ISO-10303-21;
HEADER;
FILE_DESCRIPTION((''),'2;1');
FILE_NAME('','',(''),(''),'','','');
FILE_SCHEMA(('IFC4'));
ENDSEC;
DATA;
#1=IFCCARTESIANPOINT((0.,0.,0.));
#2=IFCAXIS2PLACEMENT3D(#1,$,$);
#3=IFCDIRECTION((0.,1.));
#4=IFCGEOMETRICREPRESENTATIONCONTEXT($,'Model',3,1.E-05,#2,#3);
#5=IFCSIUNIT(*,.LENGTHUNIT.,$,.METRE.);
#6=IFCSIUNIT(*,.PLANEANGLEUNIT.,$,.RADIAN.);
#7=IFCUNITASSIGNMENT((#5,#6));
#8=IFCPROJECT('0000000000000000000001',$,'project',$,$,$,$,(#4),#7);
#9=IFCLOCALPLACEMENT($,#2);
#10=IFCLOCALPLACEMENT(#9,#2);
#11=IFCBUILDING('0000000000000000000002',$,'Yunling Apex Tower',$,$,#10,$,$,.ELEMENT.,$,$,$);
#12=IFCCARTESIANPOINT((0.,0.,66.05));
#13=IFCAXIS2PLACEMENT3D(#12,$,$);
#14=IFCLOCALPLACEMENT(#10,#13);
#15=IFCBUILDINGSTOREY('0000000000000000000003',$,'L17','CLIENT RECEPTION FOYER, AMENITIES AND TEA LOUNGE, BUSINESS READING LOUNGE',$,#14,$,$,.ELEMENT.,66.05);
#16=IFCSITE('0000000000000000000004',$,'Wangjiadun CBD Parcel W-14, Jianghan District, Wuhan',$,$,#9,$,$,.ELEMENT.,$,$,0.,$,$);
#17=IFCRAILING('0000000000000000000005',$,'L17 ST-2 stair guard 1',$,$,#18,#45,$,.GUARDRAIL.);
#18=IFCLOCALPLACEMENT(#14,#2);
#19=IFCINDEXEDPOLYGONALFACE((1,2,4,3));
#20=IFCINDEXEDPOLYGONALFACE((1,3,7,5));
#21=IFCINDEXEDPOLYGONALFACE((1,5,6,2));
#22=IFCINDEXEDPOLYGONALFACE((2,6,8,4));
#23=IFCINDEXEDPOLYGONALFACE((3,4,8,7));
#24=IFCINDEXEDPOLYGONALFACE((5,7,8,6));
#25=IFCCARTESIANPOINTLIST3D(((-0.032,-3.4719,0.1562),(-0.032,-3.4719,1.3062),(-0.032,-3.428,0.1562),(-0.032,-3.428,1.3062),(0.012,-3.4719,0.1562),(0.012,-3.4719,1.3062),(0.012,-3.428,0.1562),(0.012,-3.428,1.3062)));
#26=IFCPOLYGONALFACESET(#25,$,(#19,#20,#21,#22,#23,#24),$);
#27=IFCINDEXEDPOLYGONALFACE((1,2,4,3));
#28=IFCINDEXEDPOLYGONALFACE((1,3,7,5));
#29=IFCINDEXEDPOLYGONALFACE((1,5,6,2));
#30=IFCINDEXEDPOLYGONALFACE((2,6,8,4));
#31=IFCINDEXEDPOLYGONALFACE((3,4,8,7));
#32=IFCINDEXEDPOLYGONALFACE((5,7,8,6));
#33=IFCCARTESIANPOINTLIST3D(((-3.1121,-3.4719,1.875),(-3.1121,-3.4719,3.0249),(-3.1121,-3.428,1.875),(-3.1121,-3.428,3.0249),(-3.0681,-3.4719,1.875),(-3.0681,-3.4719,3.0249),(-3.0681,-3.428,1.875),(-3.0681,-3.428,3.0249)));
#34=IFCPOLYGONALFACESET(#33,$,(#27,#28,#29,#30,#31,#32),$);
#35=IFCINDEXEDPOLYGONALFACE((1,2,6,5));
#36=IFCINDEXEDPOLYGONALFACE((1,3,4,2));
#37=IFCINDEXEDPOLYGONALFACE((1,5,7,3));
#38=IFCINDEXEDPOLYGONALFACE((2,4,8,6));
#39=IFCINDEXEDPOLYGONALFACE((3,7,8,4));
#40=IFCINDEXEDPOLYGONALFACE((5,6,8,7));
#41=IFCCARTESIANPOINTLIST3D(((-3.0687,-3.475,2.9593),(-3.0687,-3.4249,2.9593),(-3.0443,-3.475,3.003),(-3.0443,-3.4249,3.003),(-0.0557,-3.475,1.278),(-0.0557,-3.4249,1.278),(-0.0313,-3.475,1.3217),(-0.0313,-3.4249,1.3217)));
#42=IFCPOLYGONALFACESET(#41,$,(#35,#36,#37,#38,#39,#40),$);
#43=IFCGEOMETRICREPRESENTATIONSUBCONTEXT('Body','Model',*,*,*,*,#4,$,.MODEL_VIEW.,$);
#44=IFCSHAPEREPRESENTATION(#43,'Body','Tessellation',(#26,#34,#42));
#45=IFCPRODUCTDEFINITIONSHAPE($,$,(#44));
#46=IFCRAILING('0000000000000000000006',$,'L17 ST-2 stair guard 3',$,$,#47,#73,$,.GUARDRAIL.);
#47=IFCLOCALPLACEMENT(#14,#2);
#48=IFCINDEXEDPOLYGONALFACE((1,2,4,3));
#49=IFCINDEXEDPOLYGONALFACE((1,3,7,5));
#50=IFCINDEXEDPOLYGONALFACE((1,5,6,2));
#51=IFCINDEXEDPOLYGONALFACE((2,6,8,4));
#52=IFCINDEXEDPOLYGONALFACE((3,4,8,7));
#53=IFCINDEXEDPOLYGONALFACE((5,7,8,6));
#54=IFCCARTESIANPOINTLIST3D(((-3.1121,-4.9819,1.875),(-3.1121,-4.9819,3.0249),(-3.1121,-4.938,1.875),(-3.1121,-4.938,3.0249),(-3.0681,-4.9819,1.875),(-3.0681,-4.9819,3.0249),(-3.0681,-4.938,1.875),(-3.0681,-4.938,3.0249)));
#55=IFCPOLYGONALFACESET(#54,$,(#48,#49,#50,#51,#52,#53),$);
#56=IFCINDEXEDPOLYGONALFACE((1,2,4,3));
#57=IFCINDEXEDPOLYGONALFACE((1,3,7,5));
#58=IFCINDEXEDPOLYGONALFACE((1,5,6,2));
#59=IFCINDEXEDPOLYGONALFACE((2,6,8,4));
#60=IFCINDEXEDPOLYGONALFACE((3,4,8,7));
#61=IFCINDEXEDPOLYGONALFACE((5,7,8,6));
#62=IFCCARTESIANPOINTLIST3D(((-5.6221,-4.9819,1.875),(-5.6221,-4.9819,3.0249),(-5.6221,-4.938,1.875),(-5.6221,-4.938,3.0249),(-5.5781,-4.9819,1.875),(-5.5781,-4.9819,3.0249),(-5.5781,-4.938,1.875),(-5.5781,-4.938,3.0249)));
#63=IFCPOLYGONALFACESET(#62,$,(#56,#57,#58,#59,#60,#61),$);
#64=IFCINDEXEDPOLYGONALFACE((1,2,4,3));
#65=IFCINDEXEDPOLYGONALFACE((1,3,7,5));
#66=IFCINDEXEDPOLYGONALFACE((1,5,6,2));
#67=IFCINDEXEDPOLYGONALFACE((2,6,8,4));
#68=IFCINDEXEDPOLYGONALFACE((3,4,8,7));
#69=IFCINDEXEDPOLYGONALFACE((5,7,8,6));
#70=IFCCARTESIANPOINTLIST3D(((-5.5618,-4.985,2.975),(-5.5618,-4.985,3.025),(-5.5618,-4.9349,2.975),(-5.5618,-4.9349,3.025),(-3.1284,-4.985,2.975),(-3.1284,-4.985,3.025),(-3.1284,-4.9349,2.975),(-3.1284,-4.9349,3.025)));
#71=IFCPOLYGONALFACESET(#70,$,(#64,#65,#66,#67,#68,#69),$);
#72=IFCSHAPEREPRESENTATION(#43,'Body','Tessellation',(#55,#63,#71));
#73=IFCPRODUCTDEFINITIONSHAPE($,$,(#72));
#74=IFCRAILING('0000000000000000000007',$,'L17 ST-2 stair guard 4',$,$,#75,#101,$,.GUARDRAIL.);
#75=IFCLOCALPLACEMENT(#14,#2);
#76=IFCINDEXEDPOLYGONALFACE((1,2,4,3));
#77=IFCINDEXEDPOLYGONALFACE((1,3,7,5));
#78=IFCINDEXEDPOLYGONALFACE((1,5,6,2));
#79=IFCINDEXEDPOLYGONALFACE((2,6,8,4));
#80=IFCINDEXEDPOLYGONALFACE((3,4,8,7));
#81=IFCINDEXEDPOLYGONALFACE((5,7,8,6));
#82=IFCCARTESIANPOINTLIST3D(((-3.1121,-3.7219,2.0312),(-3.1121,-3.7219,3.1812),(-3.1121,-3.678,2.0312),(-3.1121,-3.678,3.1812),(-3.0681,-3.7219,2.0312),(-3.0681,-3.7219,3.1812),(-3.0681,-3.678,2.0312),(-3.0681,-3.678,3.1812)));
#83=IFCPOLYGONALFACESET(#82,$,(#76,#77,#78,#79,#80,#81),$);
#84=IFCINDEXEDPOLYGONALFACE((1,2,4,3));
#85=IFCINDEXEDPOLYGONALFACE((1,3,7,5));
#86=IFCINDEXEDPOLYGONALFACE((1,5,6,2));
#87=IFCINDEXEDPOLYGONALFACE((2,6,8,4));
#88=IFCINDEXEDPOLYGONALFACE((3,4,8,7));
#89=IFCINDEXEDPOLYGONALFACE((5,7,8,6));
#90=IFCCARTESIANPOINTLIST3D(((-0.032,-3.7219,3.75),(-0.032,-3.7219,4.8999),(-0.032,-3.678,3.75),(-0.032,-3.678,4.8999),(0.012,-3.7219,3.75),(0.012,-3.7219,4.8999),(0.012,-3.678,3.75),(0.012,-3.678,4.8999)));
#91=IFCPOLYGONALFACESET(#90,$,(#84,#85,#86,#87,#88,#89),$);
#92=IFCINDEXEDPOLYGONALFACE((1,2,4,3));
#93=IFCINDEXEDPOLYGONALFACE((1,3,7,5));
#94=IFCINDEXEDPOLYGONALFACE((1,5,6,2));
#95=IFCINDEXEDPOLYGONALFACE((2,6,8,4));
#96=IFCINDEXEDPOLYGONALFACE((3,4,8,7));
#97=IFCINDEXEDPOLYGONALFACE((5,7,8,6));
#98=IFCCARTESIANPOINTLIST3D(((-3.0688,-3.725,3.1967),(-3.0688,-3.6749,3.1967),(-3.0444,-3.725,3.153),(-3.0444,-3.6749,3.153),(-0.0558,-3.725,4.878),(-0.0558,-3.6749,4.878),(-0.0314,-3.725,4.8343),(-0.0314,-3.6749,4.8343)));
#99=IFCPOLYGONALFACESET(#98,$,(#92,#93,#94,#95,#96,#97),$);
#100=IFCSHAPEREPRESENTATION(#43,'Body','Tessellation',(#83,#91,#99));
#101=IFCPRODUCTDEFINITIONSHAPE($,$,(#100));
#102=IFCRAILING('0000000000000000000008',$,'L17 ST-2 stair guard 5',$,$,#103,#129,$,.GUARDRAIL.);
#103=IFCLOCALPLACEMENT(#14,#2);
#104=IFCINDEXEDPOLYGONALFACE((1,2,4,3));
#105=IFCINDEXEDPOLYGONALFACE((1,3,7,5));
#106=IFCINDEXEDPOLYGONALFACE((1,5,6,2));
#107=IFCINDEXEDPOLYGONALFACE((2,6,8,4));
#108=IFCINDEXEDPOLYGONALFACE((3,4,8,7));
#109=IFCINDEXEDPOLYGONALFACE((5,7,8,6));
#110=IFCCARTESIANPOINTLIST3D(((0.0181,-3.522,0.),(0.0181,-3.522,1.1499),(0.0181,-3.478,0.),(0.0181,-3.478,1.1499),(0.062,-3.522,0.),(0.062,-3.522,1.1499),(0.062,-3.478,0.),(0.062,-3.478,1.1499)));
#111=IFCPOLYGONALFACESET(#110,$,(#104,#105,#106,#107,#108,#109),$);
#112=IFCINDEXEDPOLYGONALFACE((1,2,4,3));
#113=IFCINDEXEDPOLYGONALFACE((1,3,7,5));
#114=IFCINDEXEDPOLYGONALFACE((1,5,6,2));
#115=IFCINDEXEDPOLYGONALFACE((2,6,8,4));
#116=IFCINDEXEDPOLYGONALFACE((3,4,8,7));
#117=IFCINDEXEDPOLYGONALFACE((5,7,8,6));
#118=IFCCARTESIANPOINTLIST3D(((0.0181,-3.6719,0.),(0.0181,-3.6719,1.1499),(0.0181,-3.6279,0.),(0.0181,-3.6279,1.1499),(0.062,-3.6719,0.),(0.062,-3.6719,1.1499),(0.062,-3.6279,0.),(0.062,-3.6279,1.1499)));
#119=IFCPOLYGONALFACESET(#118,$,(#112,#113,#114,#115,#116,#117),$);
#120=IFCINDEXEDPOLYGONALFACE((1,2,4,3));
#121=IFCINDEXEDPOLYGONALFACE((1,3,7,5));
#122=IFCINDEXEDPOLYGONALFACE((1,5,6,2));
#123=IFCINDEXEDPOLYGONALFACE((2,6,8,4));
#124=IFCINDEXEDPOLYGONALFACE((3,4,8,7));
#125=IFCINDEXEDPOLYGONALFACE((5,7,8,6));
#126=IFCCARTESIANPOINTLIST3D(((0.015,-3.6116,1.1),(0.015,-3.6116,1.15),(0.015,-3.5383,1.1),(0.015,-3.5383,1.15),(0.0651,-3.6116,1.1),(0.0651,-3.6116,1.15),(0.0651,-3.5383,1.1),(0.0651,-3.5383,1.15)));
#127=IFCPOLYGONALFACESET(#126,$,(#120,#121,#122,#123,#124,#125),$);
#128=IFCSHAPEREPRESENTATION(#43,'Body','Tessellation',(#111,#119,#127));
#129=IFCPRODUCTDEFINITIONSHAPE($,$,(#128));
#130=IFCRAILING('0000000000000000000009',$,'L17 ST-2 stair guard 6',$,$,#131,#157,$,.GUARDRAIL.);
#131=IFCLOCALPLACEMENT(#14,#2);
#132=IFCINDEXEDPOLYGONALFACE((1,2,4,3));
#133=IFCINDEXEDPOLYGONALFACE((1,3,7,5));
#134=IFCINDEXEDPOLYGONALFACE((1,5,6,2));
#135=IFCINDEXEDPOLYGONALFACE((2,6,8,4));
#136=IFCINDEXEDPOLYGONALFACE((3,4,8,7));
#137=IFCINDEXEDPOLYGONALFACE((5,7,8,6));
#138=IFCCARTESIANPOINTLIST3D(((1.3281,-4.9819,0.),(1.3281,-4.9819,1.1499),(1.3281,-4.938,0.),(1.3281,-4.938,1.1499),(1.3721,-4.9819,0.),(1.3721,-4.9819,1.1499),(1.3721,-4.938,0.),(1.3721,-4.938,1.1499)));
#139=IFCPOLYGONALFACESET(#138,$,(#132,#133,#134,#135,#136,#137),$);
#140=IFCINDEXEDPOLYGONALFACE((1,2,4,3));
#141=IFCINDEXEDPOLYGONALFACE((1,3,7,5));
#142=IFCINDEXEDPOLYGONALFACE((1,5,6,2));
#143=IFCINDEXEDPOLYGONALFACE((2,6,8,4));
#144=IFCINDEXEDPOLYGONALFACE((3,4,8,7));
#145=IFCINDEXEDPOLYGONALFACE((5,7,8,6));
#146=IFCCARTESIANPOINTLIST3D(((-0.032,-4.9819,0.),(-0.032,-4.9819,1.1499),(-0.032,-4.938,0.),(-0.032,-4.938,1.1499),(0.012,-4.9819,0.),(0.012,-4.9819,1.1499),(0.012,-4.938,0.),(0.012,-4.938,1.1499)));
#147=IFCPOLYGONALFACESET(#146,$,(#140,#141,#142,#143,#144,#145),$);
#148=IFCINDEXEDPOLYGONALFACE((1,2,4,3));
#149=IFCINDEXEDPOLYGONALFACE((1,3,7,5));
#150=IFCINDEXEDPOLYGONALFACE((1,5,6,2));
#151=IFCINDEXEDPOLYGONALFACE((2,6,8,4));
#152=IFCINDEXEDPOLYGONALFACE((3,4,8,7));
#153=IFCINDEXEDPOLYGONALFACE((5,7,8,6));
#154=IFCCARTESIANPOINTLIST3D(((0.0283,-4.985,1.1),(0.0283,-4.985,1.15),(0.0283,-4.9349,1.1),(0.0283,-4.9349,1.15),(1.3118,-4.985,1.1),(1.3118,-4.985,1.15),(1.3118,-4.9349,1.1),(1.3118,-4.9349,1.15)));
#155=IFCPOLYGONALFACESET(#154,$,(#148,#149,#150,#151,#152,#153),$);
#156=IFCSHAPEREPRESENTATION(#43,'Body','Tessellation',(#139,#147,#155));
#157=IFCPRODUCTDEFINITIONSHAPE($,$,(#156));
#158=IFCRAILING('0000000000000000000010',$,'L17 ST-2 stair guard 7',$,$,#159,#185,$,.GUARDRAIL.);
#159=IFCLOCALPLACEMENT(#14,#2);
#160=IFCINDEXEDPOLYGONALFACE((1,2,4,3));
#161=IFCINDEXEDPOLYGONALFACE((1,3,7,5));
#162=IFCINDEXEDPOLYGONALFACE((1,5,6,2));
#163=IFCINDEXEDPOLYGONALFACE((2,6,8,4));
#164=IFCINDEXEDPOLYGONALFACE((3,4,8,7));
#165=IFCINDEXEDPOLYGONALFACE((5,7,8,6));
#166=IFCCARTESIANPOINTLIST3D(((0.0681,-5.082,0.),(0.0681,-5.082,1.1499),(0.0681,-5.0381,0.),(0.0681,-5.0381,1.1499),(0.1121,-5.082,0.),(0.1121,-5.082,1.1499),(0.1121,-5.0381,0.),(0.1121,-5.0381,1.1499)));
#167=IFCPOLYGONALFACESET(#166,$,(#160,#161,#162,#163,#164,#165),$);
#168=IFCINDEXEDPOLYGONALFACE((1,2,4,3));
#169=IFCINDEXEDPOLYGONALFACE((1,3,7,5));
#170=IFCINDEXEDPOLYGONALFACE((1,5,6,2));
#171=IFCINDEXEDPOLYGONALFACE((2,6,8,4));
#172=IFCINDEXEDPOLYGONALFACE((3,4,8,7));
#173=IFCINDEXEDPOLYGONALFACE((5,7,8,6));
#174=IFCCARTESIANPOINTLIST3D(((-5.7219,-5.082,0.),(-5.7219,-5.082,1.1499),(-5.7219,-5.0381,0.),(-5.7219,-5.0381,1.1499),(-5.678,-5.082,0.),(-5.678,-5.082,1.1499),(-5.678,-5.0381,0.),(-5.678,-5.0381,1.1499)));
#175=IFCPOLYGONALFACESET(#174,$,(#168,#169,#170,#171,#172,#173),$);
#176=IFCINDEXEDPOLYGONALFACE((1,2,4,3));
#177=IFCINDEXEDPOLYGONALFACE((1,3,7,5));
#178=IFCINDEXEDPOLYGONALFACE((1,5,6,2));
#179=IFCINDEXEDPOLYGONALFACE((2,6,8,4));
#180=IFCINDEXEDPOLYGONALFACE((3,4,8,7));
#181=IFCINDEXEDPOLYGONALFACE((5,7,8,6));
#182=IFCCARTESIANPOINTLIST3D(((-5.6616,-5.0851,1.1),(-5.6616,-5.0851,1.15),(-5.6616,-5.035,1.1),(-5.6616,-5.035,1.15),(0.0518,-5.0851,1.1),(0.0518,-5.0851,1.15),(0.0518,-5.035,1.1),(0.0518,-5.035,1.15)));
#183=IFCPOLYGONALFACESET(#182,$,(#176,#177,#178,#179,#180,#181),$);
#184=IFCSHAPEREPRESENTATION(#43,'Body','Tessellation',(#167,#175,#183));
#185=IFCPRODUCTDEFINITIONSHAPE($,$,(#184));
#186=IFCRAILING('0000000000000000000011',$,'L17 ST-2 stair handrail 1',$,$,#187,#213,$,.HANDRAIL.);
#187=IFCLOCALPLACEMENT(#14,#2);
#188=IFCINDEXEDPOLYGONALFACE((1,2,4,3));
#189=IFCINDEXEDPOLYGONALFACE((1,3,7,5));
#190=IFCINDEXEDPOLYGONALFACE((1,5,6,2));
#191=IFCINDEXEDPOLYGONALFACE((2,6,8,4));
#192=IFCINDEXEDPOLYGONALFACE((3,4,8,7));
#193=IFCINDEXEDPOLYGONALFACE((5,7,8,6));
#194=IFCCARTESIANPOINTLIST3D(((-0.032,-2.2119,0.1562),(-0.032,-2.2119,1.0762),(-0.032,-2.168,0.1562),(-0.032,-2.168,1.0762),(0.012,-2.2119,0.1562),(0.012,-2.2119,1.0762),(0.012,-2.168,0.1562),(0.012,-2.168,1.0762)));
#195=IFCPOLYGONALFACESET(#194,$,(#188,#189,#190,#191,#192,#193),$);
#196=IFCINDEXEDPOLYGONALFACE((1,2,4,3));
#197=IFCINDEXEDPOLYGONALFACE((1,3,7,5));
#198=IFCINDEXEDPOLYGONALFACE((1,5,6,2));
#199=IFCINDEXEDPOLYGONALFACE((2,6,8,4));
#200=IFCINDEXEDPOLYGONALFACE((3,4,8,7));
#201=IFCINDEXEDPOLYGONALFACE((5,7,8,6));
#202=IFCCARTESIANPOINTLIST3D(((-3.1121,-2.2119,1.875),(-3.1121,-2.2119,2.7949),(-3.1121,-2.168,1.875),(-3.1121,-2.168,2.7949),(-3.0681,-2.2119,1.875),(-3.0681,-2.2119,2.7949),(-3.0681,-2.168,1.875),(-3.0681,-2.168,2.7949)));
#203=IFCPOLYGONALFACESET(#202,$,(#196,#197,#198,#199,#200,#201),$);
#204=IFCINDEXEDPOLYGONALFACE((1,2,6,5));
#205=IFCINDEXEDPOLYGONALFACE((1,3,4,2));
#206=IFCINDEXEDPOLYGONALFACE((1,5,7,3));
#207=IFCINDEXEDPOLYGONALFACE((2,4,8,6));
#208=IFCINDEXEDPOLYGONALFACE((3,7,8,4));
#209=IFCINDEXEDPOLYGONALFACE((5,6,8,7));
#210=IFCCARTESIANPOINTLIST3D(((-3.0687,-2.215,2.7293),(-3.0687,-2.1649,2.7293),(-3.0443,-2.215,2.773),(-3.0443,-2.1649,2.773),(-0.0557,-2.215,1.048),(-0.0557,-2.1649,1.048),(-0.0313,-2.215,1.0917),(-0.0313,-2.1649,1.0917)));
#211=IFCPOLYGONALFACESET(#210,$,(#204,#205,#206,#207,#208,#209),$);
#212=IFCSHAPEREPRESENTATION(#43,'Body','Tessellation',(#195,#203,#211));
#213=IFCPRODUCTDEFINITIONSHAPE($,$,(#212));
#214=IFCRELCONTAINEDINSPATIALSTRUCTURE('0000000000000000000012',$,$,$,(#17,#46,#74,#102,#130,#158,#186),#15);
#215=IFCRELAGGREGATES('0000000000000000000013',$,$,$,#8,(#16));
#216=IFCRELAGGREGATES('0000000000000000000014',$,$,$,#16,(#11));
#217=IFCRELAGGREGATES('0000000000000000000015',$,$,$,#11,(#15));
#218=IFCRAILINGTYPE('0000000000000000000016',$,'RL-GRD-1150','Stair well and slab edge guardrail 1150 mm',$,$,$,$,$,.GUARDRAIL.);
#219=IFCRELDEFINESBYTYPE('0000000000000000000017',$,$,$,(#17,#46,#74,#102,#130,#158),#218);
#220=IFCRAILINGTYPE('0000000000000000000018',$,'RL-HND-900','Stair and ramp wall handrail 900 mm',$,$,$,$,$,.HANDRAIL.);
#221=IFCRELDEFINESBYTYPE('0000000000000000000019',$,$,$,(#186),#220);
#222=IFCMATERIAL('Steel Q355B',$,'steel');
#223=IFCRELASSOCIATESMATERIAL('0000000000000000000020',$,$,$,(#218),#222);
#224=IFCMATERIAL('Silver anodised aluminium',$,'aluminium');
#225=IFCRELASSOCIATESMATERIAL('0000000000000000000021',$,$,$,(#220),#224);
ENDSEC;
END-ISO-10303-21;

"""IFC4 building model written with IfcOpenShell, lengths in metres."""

from ifc_helpers import new_model, si_unit, direction, frame, origin, origin_2d, place, context, subcontext, project, spatial, rectangle, extrude, material, type_object, element, save


model = new_model("IFC4")

# Units and contexts
model_context = context("Model", 3, precision=1e-05, world=origin(), true_north=direction((0.0, 1.0)))
body_context = subcontext(model_context, "Body", "Model", "MODEL_VIEW")
ifc_project = project(units=[si_unit("LENGTHUNIT", "METRE"), si_unit("PLANEANGLEUNIT", "RADIAN")], contexts=[model_context])

# Site, building, storey
site_placement = place(None, origin())
site = spatial("IfcSite", under=ifc_project, at=site_placement, Name="Wangjiadun CBD Parcel W-14, Jianghan District, Wuhan", CompositionType="ELEMENT", RefElevation=0.0)
building_placement = place(site_placement, origin())
building = spatial("IfcBuilding", under=site, at=building_placement, Name="Yunling Apex Tower", CompositionType="ELEMENT")
storey_placement = place(building_placement, frame((0.0, 0.0, 66.05)))
storey = spatial("IfcBuildingStorey", under=building, at=storey_placement, Name="L17", Description="CLIENT RECEPTION FOYER, AMENITIES AND TEA LOUNGE, BUSINESS READING LOUNGE", CompositionType="ELEMENT", Elevation=66.05)

# Shared definitions
ifc_material_1 = material(Name="Steel Q355B", Category="steel")

# Railings
railing_type_1 = type_object("IfcRailingType", Name="RL-GRD-1150", Description="Stair well and slab edge guardrail 1150 mm", PredefinedType="GUARDRAIL", material=ifc_material_1)
railing_1_placement = place(storey_placement, frame((-0.01, -3.45, 0.1562)))
element("IfcRailing", 1, at=railing_1_placement, inside=storey, type_object=railing_type_1, Name="L17 ST-2 stair guard 1", PredefinedType="GUARDRAIL", context=body_context, shape_type="SweptSolid", body=[
    extrude(rectangle(XDim=0.0439, YDim=0.0439, at=origin_2d()), origin(), (0.0, 0.0, 1.0), 1.1499),
    extrude(rectangle(XDim=0.0439, YDim=0.0439, at=origin_2d()), frame((-3.0801, 0.0, 1.7188)), (0.0, 0.0, 1.0), 1.1499),
    extrude(rectangle(XDim=0.05, YDim=0.05, at=origin_2d()), frame((-0.0334, 0.0, 1.1436), z_axis=(-0.873242, 0.0, 0.487288), x_axis=(0.0, -1.0, 0.0)), (0.0, 0.0, 1.0), 3.4504),
])
railing_2_placement = place(storey_placement, frame((-3.0901, -4.96, 1.875)))
element("IfcRailing", 2, at=railing_2_placement, inside=storey, type_object=railing_type_1, Name="L17 ST-2 stair guard 3", PredefinedType="GUARDRAIL", context=body_context, shape_type="SweptSolid", body=[
    extrude(rectangle(XDim=0.0439, YDim=0.0439, at=origin_2d()), origin(), (0.0, 0.0, 1.0), 1.1499),
    extrude(rectangle(XDim=0.0439, YDim=0.0439, at=origin_2d()), frame((-2.51, 0.0, 0.0)), (0.0, 0.0, 1.0), 1.1499),
    extrude(rectangle(XDim=0.05, YDim=0.05, at=origin_2d()), frame((-0.0383, 0.0, 1.125), z_axis=(-1.0, 0.0, 0.0), x_axis=(0.0, -1.0, 0.0)), (0.0, 0.0, 1.0), 2.4333),
])
railing_3_placement = place(storey_placement, frame((-3.0901, -3.7, 2.0312)))
element("IfcRailing", 3, at=railing_3_placement, inside=storey, type_object=railing_type_1, Name="L17 ST-2 stair guard 4", PredefinedType="GUARDRAIL", context=body_context, shape_type="SweptSolid", body=[
    extrude(rectangle(XDim=0.0439, YDim=0.0439, at=origin_2d()), origin(), (0.0, 0.0, 1.0), 1.1499),
    extrude(rectangle(XDim=0.0439, YDim=0.0439, at=origin_2d()), frame((3.0801, 0.0, 1.7188)), (0.0, 0.0, 1.0), 1.1499),
    extrude(rectangle(XDim=0.05, YDim=0.05, at=origin_2d()), frame((0.0334, 0.0, 1.1436), z_axis=(0.873242, 0.0, 0.487288), x_axis=(0.0, 1.0, 0.0)), (0.0, 0.0, 1.0), 3.4504),
])
railing_4_placement = place(storey_placement, frame((0.04, -3.5, 0.0)))
element("IfcRailing", 4, at=railing_4_placement, inside=storey, type_object=railing_type_1, Name="L17 ST-2 stair guard 5", PredefinedType="GUARDRAIL", context=body_context, shape_type="SweptSolid", body=[
    extrude(rectangle(XDim=0.0439, YDim=0.0439, at=origin_2d()), origin(), (0.0, 0.0, 1.0), 1.1499),
    extrude(rectangle(XDim=0.0439, YDim=0.0439, at=origin_2d()), frame((0.0, -0.1499, 0.0)), (0.0, 0.0, 1.0), 1.1499),
    extrude(rectangle(XDim=0.05, YDim=0.05, at=origin_2d()), frame((0.0, -0.0383, 1.125), z_axis=(0.0, -1.0, 0.0), x_axis=(1.0, 0.0, 0.0)), (0.0, 0.0, 1.0), 0.0732),
])
railing_5_placement = place(storey_placement, frame((1.3501, -4.96, 0.0)))
element("IfcRailing", 5, at=railing_5_placement, inside=storey, type_object=railing_type_1, Name="L17 ST-2 stair guard 6", PredefinedType="GUARDRAIL", context=body_context, shape_type="SweptSolid", body=[
    extrude(rectangle(XDim=0.0439, YDim=0.0439, at=origin_2d()), origin(), (0.0, 0.0, 1.0), 1.1499),
    extrude(rectangle(XDim=0.0439, YDim=0.0439, at=origin_2d()), frame((-1.3601, 0.0, 0.0)), (0.0, 0.0, 1.0), 1.1499),
    extrude(rectangle(XDim=0.05, YDim=0.05, at=origin_2d()), frame((-0.0383, 0.0, 1.125), z_axis=(-1.0, 0.0, 0.0), x_axis=(0.0, -1.0, 0.0)), (0.0, 0.0, 1.0), 1.2834),
])
railing_6_placement = place(storey_placement, frame((0.0901, -5.0601, 0.0)))
element("IfcRailing", 6, at=railing_6_placement, inside=storey, type_object=railing_type_1, Name="L17 ST-2 stair guard 7", PredefinedType="GUARDRAIL", context=body_context, shape_type="SweptSolid", body=[
    extrude(rectangle(XDim=0.0439, YDim=0.0439, at=origin_2d()), origin(), (0.0, 0.0, 1.0), 1.1499),
    extrude(rectangle(XDim=0.0439, YDim=0.0439, at=origin_2d()), frame((-5.79, 0.0, 0.0)), (0.0, 0.0, 1.0), 1.1499),
    extrude(rectangle(XDim=0.05, YDim=0.05, at=origin_2d()), frame((-0.0383, 0.0, 1.125), z_axis=(-1.0, 0.0, 0.0), x_axis=(0.0, -1.0, 0.0)), (0.0, 0.0, 1.0), 5.7134),
])
ifc_material_2 = material(Name="Silver anodised aluminium", Category="aluminium")
railing_type_2 = type_object("IfcRailingType", Name="RL-HND-900", Description="Stair and ramp wall handrail 900 mm", PredefinedType="HANDRAIL", material=ifc_material_2)
railing_7_placement = place(storey_placement, frame((-0.01, -2.1899, 0.1562)))
element("IfcRailing", 7, at=railing_7_placement, inside=storey, type_object=railing_type_2, Name="L17 ST-2 stair handrail 1", PredefinedType="HANDRAIL", context=body_context, shape_type="SweptSolid", body=[
    extrude(rectangle(XDim=0.0439, YDim=0.0439, at=origin_2d()), origin(), (0.0, 0.0, 1.0), 0.9199),
    extrude(rectangle(XDim=0.0439, YDim=0.0439, at=origin_2d()), frame((-3.0801, 0.0, 1.7188)), (0.0, 0.0, 1.0), 0.9199),
    extrude(rectangle(XDim=0.05, YDim=0.05, at=origin_2d()), frame((-0.0334, 0.0, 0.9136), z_axis=(-0.873242, 0.0, 0.487288), x_axis=(0.0, -1.0, 0.0)), (0.0, 0.0, 1.0), 3.4504),
])

save(model, "model.ifc")
